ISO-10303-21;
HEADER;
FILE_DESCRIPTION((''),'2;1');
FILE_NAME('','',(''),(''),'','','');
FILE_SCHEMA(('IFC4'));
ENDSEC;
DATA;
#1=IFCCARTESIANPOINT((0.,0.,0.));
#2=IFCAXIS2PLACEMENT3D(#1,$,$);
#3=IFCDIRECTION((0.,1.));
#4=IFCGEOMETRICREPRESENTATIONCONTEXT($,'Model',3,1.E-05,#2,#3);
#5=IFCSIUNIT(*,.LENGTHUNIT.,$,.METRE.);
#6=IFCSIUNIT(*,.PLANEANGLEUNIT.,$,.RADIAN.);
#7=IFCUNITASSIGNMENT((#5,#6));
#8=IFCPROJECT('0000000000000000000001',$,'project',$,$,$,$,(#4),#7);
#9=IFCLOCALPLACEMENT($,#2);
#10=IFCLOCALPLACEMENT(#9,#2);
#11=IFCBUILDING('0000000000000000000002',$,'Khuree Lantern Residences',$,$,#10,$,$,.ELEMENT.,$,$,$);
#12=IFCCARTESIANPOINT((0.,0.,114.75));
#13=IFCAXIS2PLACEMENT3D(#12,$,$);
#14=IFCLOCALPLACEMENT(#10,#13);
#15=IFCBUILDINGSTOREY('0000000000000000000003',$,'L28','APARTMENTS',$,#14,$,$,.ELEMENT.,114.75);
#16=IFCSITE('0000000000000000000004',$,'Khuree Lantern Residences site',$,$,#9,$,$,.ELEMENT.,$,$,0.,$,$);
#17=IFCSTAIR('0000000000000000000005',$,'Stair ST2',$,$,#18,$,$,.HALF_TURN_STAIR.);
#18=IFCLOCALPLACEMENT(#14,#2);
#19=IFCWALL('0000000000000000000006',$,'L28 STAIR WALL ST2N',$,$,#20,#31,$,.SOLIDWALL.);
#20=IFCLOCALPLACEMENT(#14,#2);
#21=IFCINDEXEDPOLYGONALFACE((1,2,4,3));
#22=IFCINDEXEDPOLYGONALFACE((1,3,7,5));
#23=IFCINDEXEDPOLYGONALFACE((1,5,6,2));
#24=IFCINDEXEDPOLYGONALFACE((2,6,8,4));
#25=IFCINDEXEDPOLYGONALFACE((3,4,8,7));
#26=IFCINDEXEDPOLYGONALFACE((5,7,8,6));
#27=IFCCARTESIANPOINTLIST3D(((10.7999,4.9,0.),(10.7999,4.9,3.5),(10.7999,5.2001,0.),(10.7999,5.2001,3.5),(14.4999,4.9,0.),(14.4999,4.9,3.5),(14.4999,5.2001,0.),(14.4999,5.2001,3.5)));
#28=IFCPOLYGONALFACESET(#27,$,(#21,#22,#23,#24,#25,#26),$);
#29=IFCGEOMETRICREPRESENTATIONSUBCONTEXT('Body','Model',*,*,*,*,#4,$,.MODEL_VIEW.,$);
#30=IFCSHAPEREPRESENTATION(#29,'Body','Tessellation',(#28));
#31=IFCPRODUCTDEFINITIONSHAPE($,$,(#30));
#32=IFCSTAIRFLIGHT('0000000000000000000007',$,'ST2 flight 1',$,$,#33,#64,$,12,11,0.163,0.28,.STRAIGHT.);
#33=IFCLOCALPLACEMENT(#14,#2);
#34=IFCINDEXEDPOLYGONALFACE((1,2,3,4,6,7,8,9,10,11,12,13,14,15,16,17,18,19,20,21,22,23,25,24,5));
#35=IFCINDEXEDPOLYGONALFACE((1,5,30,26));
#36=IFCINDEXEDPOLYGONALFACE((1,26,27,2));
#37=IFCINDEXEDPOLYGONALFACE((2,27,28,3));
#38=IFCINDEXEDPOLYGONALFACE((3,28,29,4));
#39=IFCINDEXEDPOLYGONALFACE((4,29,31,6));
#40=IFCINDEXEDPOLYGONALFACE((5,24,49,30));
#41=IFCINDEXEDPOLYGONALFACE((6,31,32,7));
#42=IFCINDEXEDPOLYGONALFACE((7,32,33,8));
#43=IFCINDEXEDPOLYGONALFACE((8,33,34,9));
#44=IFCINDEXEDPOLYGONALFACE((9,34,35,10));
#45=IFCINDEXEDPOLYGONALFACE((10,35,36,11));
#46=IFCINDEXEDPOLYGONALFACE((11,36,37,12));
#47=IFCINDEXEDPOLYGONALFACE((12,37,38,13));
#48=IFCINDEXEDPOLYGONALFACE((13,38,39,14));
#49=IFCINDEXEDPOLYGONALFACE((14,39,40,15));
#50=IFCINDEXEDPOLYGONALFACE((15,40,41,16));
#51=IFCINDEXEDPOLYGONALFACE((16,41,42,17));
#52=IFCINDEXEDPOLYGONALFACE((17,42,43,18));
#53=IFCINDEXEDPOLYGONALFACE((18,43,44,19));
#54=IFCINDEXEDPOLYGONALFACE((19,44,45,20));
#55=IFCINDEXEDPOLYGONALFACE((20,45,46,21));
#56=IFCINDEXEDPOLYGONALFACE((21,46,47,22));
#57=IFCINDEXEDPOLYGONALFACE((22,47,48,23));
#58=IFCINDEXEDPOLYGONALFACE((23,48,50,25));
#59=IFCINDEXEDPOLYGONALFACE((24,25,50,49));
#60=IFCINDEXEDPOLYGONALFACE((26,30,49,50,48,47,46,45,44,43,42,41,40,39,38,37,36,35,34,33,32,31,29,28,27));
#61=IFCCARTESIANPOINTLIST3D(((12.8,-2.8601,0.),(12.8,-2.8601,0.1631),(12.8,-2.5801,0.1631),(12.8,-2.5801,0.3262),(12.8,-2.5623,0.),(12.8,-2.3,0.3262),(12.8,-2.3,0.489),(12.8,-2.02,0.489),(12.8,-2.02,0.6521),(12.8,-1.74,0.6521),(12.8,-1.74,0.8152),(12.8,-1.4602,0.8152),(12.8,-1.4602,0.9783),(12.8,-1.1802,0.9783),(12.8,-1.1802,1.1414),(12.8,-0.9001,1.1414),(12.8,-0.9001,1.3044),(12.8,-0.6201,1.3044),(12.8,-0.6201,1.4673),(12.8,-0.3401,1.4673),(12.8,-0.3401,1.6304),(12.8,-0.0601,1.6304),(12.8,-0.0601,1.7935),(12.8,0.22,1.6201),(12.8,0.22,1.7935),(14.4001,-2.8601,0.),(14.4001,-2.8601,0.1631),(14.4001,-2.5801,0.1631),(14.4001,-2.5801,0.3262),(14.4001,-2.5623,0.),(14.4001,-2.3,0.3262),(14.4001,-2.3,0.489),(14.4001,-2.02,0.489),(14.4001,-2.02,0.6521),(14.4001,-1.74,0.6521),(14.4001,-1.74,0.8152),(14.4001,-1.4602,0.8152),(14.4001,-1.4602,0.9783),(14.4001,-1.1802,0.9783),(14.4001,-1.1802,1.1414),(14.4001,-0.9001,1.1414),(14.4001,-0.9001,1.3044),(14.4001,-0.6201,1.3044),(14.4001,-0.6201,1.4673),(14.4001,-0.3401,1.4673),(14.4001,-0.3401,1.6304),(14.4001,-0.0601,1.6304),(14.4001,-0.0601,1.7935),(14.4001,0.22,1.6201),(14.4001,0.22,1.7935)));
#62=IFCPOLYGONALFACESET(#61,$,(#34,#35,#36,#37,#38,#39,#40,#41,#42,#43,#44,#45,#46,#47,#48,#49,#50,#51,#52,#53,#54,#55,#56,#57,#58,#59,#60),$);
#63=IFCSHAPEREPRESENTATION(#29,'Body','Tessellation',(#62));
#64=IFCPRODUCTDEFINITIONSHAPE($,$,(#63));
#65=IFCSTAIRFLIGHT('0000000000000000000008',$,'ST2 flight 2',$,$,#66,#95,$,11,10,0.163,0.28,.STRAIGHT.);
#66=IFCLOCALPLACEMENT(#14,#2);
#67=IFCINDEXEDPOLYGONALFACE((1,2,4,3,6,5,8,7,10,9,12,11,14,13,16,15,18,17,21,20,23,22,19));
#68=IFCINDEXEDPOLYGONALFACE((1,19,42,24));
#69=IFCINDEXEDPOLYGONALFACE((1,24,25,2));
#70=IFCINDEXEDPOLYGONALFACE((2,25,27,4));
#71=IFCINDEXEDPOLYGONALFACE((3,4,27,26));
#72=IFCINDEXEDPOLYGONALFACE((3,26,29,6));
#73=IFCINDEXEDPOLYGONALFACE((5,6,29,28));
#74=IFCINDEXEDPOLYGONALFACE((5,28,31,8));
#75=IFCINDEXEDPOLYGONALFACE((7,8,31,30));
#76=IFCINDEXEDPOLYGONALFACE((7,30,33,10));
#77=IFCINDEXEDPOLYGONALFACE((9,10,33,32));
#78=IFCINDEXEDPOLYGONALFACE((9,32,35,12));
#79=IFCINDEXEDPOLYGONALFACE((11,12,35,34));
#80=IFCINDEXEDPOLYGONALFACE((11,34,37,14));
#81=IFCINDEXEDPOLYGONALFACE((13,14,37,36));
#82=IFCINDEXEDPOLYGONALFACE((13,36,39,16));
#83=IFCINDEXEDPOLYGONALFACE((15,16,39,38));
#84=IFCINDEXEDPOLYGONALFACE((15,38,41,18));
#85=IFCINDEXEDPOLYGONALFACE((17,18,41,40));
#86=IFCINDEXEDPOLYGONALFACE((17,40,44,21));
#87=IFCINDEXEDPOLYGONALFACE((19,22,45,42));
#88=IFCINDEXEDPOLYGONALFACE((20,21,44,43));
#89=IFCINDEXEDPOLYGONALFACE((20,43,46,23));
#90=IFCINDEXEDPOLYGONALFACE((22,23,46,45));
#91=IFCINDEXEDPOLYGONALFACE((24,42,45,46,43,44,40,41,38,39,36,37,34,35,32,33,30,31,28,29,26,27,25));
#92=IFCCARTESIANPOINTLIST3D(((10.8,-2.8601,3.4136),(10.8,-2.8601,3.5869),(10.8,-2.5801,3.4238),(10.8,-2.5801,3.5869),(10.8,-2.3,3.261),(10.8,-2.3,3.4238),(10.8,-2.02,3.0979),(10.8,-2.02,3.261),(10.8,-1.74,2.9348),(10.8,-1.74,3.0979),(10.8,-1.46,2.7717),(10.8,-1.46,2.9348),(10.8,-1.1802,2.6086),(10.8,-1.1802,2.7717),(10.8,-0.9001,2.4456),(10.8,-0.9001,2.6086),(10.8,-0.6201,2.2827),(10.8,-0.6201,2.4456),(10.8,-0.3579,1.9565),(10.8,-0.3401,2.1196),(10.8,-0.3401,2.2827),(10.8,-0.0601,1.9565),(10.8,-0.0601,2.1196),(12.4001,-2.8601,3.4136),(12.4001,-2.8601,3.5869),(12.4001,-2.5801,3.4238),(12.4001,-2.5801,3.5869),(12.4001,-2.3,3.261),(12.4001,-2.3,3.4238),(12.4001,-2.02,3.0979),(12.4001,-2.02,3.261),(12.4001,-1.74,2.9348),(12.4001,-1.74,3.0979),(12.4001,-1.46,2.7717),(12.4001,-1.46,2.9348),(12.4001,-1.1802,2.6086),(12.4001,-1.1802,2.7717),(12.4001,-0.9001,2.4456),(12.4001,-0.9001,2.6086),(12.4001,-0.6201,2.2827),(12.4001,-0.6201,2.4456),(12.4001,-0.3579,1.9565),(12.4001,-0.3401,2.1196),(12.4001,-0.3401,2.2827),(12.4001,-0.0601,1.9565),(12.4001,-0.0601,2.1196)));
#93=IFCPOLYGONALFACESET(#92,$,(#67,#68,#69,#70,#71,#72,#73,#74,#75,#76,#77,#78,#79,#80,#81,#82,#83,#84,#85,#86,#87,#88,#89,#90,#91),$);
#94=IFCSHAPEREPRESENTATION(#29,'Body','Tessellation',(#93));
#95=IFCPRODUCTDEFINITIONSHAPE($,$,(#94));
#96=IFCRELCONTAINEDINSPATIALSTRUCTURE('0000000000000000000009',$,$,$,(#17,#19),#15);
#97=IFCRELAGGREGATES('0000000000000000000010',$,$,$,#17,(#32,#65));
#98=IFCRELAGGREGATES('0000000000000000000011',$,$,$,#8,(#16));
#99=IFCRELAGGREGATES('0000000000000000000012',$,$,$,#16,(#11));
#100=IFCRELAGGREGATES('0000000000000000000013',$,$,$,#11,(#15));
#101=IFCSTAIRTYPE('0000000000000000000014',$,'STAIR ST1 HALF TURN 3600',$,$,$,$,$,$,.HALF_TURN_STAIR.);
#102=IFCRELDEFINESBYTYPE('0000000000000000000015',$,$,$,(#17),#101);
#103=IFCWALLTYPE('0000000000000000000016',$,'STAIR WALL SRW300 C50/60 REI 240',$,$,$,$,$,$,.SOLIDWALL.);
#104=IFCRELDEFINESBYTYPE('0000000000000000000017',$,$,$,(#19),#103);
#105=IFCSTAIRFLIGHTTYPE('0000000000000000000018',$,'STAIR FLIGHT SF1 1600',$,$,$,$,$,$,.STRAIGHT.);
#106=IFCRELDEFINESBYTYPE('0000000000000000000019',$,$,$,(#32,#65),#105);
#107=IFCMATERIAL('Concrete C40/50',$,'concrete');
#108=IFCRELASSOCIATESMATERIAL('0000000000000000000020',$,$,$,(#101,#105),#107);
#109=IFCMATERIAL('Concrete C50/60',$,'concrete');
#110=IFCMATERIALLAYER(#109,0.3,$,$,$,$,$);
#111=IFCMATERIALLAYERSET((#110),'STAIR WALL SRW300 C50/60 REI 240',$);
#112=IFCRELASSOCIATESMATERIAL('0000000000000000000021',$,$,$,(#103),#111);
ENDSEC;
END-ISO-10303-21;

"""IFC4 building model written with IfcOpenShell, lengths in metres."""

from ifc_helpers import new_model, si_unit, direction, frame, frame_2d, origin, place, context, subcontext, project, spatial, polyline, rectangle, outline, extrude, material, layer, layer_set, type_object, element, aggregate, save


model = new_model("IFC4")

# Units and contexts
model_context = context("Model", 3, precision=1e-05, world=origin(), true_north=direction((0.0, 1.0)))
body_context = subcontext(model_context, "Body", "Model", "MODEL_VIEW")
ifc_project = project(units=[si_unit("LENGTHUNIT", "METRE"), si_unit("PLANEANGLEUNIT", "RADIAN")], contexts=[model_context])

# Site, building, storey
site_placement = place(None, origin())
site = spatial("IfcSite", under=ifc_project, at=site_placement, Name="Khuree Lantern Residences site", CompositionType="ELEMENT", RefElevation=0.0)
building_placement = place(site_placement, origin())
building = spatial("IfcBuilding", under=site, at=building_placement, Name="Khuree Lantern Residences", CompositionType="ELEMENT")
storey_placement = place(building_placement, frame((0.0, 0.0, 114.75)))
storey = spatial("IfcBuildingStorey", under=building, at=storey_placement, Name="L28", Description="APARTMENTS", CompositionType="ELEMENT", Elevation=114.75)

# Stair
ifc_material_1 = material(Name="Concrete C40/50", Category="concrete")
stair_type = type_object("IfcStairType", Name="STAIR ST1 HALF TURN 3600", PredefinedType="HALF_TURN_STAIR", material=ifc_material_1)
stair_1_placement = place(storey_placement, origin())
stair_1 = element("IfcStair", 1, at=stair_1_placement, inside=storey, type_object=stair_type, Name="Stair ST2", PredefinedType="HALF_TURN_STAIR")

# Wall
ifc_material_2 = material(Name="Concrete C50/60", Category="concrete")
ifc_layer_1 = layer(ifc_material_2, 0.3)
ifc_layer_set_1 = layer_set([ifc_layer_1], Name="STAIR WALL SRW300 C50/60 REI 240")
wall_type_1 = type_object("IfcWallType", Name="STAIR WALL SRW300 C50/60 REI 240", PredefinedType="SOLIDWALL", material=ifc_layer_set_1)
wall_1_placement = place(storey_placement, frame((14.5, 5.05, 0.0), z_axis=(0.0, 0.0, 1.0), x_axis=(-1.0, 0.0, 0.0)))
element("IfcWall", 2, at=wall_1_placement, inside=storey, type_object=wall_type_1, Name="L28 STAIR WALL ST2N", PredefinedType="SOLIDWALL", context=body_context, shape_type="SweptSolid", body=[
    extrude(rectangle(XDim=3.7, YDim=0.3, at=frame_2d((1.8501, 0.0))), origin(), (0.0, 0.0, 1.0), 3.5),
])

# Stair flights
stair_flight_type = type_object("IfcStairFlightType", Name="STAIR FLIGHT SF1 1600", PredefinedType="STRAIGHT", material=ifc_material_1)
stair_flight_1_placement = place(storey_placement, frame((13.6001, -2.8601, 0.0), z_axis=(0.0, 0.0, 1.0), x_axis=(0.0, 1.0, 0.0)))
stair_flight_1 = element("IfcStairFlight", 3, at=stair_flight_1_placement, type_object=stair_flight_type, Name="ST2 flight 1", NumberOfRisers=12, NumberOfTreads=11, PredefinedType="STRAIGHT", RiserHeight=0.163, TreadLength=0.28, context=body_context, shape_type="SweptSolid", body=[
    extrude(outline(polyline([(0.0, 0.0), (0.0, 0.1631), (0.28, 0.1631), (0.28, 0.3262), (0.5601, 0.3262), (0.5601, 0.489), (0.8401, 0.489), (0.8401, 0.6521), (1.1201, 0.6521), (1.1201, 0.8152), (1.3999, 0.8152), (1.3999, 0.9783), (1.6799, 0.9783), (1.6799, 1.1414), (1.96, 1.1414), (1.96, 1.3044), (2.24, 1.3044), (2.24, 1.4673), (2.52, 1.4673), (2.52, 1.6304), (2.8, 1.6304), (2.8, 1.7935), (3.0801, 1.7935), (3.0801, 1.9565), (3.0801, 1.6201), (0.2979, 0.0), (0.0, 0.0)])), frame((0.0, 0.8, 0.0), z_axis=(0.0, -1.0, 0.0), x_axis=(1.0, 0.0, 0.0)), (0.0, 0.0, 1.0), 1.6001),
])
stair_flight_2_placement = place(storey_placement, frame((11.6001, -0.0601, 1.9565), z_axis=(0.0, 0.0, 1.0), x_axis=(0.0, -1.0, 0.0)))
stair_flight_2 = element("IfcStairFlight", 4, at=stair_flight_2_placement, type_object=stair_flight_type, Name="ST2 flight 2", NumberOfRisers=11, NumberOfTreads=10, PredefinedType="STRAIGHT", RiserHeight=0.163, TreadLength=0.28, context=body_context, shape_type="SweptSolid", body=[
    extrude(outline(polyline([(0.0, 0.0), (0.0, 0.1631), (0.28, 0.1631), (0.28, 0.3262), (0.5601, 0.3262), (0.5601, 0.489), (0.8401, 0.489), (0.8401, 0.6521), (1.1201, 0.6521), (1.1201, 0.8152), (1.3999, 0.8152), (1.3999, 0.9783), (1.6799, 0.9783), (1.6799, 1.1414), (1.96, 1.1414), (1.96, 1.3044), (2.24, 1.3044), (2.24, 1.4673), (2.52, 1.4673), (2.52, 1.6304), (2.8, 1.6304), (2.8, 1.7935), (2.8, 1.457), (0.2979, 0.0), (0.0, 0.0)])), frame((0.0, 0.8, 0.0), z_axis=(0.0, -1.0, 0.0), x_axis=(1.0, 0.0, 0.0)), (0.0, 0.0, 1.0), 1.6001),
])
aggregate(stair_1, [stair_flight_1, stair_flight_2])

save(model, "model.ifc")
